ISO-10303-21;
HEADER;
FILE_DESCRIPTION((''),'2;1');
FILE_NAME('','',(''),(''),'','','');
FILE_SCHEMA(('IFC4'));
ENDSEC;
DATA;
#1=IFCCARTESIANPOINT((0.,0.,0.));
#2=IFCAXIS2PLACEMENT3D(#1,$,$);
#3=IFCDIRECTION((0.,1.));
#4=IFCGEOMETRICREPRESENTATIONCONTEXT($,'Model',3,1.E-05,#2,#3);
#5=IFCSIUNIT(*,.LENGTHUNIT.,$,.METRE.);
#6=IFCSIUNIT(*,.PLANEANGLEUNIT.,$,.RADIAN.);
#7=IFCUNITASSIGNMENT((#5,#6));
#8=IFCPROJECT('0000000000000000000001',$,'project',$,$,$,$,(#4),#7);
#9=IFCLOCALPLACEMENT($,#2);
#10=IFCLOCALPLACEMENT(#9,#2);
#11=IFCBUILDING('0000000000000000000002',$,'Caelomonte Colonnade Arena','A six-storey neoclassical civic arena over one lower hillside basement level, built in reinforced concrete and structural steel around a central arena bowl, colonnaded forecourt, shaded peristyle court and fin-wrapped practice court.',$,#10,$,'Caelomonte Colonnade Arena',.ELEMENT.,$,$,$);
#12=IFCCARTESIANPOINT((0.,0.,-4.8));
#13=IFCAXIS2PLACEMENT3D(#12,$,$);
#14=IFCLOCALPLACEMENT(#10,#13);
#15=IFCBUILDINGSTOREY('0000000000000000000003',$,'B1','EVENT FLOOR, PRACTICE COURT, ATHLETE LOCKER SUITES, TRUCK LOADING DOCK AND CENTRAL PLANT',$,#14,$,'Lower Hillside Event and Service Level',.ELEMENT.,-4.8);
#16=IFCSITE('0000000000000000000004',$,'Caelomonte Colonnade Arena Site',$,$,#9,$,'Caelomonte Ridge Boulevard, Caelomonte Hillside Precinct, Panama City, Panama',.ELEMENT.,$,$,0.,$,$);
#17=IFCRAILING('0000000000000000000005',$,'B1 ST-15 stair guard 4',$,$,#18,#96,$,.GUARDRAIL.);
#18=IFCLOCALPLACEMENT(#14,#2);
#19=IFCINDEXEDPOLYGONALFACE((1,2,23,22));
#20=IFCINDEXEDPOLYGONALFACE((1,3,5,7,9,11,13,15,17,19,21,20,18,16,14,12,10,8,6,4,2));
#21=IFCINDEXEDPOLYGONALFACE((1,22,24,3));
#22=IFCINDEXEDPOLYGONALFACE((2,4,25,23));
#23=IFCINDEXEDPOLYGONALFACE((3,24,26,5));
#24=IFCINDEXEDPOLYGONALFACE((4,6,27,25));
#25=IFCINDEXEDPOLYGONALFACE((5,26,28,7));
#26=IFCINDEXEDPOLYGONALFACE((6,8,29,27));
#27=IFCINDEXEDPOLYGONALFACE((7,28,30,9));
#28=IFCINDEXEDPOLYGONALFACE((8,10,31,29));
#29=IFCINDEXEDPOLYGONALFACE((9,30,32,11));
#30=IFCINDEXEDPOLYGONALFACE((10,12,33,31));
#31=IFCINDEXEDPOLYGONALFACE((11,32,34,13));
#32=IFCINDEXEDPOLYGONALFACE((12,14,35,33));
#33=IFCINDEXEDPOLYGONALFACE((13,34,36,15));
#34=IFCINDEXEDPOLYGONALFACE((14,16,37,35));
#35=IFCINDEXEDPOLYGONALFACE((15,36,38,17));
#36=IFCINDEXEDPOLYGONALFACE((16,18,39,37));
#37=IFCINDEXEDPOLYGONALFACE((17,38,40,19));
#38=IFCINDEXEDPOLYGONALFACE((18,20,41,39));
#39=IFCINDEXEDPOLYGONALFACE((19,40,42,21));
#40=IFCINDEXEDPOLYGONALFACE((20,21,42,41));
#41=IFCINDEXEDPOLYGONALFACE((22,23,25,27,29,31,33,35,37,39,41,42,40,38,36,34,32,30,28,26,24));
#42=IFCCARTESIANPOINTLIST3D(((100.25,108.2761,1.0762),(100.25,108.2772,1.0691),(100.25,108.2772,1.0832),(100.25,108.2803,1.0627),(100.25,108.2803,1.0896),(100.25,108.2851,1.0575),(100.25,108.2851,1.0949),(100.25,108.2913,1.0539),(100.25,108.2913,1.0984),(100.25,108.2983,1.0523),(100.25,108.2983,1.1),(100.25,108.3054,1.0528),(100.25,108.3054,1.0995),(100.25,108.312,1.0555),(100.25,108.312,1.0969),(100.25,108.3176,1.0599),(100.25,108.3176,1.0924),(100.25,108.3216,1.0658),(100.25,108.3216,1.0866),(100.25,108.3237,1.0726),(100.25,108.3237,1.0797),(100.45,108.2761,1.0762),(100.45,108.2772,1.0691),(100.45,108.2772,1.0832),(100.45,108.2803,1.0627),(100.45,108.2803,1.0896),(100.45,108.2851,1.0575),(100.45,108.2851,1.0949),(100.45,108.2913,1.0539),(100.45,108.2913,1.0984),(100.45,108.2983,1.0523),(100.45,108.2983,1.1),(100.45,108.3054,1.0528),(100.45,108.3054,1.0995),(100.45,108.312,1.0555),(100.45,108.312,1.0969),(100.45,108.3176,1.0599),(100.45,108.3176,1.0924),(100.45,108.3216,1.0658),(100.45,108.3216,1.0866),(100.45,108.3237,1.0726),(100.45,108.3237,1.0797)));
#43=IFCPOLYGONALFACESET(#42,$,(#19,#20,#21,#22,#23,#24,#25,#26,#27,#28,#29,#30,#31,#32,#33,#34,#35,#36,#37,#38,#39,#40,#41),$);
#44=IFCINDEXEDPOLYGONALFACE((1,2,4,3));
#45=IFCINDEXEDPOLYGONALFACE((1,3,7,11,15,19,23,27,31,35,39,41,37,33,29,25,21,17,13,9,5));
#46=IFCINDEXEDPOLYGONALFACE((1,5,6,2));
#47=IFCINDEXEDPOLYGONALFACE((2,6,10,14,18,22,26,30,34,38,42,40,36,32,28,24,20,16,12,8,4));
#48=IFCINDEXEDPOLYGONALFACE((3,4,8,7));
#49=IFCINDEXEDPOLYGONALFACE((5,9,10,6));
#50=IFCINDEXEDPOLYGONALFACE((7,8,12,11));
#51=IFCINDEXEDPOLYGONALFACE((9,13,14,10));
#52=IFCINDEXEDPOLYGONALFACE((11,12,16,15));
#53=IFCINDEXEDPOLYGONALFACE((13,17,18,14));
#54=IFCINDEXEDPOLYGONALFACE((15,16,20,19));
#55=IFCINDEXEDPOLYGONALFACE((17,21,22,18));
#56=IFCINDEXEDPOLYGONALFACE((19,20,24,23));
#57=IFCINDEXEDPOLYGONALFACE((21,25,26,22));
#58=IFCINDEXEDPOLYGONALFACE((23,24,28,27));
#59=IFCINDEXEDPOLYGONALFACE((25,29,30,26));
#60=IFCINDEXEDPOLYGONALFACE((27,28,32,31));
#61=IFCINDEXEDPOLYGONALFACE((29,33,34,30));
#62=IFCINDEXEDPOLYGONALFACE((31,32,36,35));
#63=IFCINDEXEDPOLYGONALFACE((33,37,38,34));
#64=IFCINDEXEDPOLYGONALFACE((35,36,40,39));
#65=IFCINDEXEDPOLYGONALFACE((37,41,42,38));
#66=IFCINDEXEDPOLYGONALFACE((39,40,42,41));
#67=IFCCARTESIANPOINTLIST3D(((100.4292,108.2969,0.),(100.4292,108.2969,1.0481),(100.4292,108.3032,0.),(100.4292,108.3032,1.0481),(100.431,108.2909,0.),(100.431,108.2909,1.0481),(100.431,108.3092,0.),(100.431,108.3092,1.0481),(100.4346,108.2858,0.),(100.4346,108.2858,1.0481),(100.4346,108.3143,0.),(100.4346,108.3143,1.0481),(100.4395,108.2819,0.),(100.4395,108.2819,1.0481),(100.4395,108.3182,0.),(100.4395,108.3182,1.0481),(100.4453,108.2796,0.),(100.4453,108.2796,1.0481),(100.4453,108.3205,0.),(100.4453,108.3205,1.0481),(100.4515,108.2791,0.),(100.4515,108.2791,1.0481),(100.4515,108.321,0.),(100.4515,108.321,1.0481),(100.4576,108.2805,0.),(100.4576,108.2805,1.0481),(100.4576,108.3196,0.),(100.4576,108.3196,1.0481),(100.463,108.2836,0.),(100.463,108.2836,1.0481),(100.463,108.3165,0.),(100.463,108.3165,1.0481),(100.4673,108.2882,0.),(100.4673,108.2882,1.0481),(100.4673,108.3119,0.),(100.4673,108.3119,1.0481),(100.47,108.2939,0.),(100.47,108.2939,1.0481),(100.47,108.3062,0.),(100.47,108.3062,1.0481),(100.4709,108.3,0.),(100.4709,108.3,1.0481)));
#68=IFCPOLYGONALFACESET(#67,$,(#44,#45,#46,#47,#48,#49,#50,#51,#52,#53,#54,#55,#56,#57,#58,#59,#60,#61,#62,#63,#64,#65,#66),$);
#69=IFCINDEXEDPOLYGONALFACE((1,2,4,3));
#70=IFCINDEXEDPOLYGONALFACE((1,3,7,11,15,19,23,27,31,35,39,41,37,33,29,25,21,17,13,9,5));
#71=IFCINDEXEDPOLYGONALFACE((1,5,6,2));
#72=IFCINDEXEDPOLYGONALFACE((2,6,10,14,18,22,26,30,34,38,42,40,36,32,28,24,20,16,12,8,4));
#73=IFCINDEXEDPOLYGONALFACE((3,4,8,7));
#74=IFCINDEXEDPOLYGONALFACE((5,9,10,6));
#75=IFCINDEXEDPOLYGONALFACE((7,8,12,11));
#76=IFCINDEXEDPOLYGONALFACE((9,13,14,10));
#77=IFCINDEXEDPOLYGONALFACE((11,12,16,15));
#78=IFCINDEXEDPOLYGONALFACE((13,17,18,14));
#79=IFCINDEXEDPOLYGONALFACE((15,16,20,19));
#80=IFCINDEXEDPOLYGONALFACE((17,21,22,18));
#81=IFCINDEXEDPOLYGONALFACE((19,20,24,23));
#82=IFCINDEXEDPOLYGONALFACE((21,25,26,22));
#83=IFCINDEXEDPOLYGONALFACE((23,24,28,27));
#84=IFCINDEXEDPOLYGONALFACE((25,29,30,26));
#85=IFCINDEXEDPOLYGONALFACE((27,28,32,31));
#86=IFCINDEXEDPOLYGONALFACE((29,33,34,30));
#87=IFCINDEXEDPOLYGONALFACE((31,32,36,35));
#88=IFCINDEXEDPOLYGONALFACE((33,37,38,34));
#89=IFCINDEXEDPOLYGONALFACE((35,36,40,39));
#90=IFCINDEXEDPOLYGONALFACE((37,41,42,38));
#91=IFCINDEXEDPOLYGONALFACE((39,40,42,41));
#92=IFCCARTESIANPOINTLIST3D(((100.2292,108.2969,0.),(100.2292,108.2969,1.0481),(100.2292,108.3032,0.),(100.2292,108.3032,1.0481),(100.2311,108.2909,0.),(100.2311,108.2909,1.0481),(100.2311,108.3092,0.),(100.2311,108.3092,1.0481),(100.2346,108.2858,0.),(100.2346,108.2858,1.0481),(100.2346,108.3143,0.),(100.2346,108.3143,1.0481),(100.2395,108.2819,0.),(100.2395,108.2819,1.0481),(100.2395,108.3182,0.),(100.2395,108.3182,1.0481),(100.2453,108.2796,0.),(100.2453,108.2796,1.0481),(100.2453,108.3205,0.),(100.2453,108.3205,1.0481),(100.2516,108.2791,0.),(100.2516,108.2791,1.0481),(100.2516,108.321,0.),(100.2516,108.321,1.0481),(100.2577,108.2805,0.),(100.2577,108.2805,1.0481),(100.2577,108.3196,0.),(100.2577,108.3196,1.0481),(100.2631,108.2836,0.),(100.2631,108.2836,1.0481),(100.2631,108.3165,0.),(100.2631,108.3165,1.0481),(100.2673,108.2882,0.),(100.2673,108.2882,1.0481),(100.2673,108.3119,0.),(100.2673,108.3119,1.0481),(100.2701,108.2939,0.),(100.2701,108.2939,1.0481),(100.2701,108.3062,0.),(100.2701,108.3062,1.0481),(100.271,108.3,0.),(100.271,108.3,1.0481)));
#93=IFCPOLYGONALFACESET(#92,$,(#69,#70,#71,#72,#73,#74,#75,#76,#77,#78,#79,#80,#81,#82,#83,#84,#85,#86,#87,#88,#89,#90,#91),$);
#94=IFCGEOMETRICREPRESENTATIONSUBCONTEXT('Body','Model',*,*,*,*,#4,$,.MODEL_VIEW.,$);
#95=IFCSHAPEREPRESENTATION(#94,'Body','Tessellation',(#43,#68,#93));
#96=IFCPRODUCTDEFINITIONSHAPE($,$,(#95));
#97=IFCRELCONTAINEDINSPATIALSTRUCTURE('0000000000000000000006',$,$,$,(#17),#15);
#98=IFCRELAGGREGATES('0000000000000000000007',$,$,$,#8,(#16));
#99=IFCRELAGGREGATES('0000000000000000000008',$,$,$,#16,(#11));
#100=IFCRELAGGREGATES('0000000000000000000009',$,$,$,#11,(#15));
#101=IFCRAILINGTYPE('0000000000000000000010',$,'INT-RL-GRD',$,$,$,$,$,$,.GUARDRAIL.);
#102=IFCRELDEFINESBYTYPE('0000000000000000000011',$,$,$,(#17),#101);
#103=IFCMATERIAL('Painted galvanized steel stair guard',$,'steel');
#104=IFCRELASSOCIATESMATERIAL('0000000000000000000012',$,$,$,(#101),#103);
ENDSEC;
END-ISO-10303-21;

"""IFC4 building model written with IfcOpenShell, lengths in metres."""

from ifc_helpers import new_model, si_unit, direction, frame, origin, origin_2d, place, context, subcontext, project, spatial, circle, extrude, material, type_object, element, save


model = new_model("IFC4")

# Units and contexts
model_context = context("Model", 3, precision=1e-05, world=origin(), true_north=direction((0.0, 1.0)))
body_context = subcontext(model_context, "Body", "Model", "MODEL_VIEW")
ifc_project = project(units=[si_unit("LENGTHUNIT", "METRE"), si_unit("PLANEANGLEUNIT", "RADIAN")], contexts=[model_context])

# Site, building, storey
site_placement = place(None, origin())
site = spatial("IfcSite", under=ifc_project, at=site_placement, Name="Caelomonte Colonnade Arena Site", LongName="Caelomonte Ridge Boulevard, Caelomonte Hillside Precinct, Panama City, Panama", CompositionType="ELEMENT", RefElevation=0.0)
building_placement = place(site_placement, origin())
building = spatial("IfcBuilding", under=site, at=building_placement, Name="Caelomonte Colonnade Arena", Description="A six-storey neoclassical civic arena over one lower hillside basement level, built in reinforced concrete and structural steel around a central arena bowl, colonnaded forecourt, shaded peristyle court and fin-wrapped practice court.", LongName="Caelomonte Colonnade Arena", CompositionType="ELEMENT")
storey_placement = place(building_placement, frame((0.0, 0.0, -4.8)))
storey = spatial("IfcBuildingStorey", under=building, at=storey_placement, Name="B1", Description="EVENT FLOOR, PRACTICE COURT, ATHLETE LOCKER SUITES, TRUCK LOADING DOCK AND CENTRAL PLANT", LongName="Lower Hillside Event and Service Level", CompositionType="ELEMENT", Elevation=-4.8)

# Railing
ifc_material_1 = material(Name="Painted galvanized steel stair guard", Category="steel")
railing_type_1 = type_object("IfcRailingType", Name="INT-RL-GRD", PredefinedType="GUARDRAIL", material=ifc_material_1)
railing_1_placement = place(storey_placement, frame((100.45, 108.3, 0.0)))
element("IfcRailing", 1, at=railing_1_placement, inside=storey, type_object=railing_type_1, Name="B1 ST-15 stair guard 4", PredefinedType="GUARDRAIL", context=body_context, shape_type="SweptSolid", body=[
    extrude(circle(Radius=0.0239, at=origin_2d()), frame((0.0, 0.0, 1.0762), z_axis=(-1.0, 0.0, 0.0), x_axis=(0.0, -1.0, 0.0)), (0.0, 0.0, 1.0), 0.2),
    extrude(circle(Radius=0.021, at=origin_2d()), origin(), (0.0, 0.0, 1.0), 1.0481),
    extrude(circle(Radius=0.021, at=origin_2d()), frame((-0.2, 0.0, 0.0)), (0.0, 0.0, 1.0), 1.0481),
])

save(model, "model.ifc")
